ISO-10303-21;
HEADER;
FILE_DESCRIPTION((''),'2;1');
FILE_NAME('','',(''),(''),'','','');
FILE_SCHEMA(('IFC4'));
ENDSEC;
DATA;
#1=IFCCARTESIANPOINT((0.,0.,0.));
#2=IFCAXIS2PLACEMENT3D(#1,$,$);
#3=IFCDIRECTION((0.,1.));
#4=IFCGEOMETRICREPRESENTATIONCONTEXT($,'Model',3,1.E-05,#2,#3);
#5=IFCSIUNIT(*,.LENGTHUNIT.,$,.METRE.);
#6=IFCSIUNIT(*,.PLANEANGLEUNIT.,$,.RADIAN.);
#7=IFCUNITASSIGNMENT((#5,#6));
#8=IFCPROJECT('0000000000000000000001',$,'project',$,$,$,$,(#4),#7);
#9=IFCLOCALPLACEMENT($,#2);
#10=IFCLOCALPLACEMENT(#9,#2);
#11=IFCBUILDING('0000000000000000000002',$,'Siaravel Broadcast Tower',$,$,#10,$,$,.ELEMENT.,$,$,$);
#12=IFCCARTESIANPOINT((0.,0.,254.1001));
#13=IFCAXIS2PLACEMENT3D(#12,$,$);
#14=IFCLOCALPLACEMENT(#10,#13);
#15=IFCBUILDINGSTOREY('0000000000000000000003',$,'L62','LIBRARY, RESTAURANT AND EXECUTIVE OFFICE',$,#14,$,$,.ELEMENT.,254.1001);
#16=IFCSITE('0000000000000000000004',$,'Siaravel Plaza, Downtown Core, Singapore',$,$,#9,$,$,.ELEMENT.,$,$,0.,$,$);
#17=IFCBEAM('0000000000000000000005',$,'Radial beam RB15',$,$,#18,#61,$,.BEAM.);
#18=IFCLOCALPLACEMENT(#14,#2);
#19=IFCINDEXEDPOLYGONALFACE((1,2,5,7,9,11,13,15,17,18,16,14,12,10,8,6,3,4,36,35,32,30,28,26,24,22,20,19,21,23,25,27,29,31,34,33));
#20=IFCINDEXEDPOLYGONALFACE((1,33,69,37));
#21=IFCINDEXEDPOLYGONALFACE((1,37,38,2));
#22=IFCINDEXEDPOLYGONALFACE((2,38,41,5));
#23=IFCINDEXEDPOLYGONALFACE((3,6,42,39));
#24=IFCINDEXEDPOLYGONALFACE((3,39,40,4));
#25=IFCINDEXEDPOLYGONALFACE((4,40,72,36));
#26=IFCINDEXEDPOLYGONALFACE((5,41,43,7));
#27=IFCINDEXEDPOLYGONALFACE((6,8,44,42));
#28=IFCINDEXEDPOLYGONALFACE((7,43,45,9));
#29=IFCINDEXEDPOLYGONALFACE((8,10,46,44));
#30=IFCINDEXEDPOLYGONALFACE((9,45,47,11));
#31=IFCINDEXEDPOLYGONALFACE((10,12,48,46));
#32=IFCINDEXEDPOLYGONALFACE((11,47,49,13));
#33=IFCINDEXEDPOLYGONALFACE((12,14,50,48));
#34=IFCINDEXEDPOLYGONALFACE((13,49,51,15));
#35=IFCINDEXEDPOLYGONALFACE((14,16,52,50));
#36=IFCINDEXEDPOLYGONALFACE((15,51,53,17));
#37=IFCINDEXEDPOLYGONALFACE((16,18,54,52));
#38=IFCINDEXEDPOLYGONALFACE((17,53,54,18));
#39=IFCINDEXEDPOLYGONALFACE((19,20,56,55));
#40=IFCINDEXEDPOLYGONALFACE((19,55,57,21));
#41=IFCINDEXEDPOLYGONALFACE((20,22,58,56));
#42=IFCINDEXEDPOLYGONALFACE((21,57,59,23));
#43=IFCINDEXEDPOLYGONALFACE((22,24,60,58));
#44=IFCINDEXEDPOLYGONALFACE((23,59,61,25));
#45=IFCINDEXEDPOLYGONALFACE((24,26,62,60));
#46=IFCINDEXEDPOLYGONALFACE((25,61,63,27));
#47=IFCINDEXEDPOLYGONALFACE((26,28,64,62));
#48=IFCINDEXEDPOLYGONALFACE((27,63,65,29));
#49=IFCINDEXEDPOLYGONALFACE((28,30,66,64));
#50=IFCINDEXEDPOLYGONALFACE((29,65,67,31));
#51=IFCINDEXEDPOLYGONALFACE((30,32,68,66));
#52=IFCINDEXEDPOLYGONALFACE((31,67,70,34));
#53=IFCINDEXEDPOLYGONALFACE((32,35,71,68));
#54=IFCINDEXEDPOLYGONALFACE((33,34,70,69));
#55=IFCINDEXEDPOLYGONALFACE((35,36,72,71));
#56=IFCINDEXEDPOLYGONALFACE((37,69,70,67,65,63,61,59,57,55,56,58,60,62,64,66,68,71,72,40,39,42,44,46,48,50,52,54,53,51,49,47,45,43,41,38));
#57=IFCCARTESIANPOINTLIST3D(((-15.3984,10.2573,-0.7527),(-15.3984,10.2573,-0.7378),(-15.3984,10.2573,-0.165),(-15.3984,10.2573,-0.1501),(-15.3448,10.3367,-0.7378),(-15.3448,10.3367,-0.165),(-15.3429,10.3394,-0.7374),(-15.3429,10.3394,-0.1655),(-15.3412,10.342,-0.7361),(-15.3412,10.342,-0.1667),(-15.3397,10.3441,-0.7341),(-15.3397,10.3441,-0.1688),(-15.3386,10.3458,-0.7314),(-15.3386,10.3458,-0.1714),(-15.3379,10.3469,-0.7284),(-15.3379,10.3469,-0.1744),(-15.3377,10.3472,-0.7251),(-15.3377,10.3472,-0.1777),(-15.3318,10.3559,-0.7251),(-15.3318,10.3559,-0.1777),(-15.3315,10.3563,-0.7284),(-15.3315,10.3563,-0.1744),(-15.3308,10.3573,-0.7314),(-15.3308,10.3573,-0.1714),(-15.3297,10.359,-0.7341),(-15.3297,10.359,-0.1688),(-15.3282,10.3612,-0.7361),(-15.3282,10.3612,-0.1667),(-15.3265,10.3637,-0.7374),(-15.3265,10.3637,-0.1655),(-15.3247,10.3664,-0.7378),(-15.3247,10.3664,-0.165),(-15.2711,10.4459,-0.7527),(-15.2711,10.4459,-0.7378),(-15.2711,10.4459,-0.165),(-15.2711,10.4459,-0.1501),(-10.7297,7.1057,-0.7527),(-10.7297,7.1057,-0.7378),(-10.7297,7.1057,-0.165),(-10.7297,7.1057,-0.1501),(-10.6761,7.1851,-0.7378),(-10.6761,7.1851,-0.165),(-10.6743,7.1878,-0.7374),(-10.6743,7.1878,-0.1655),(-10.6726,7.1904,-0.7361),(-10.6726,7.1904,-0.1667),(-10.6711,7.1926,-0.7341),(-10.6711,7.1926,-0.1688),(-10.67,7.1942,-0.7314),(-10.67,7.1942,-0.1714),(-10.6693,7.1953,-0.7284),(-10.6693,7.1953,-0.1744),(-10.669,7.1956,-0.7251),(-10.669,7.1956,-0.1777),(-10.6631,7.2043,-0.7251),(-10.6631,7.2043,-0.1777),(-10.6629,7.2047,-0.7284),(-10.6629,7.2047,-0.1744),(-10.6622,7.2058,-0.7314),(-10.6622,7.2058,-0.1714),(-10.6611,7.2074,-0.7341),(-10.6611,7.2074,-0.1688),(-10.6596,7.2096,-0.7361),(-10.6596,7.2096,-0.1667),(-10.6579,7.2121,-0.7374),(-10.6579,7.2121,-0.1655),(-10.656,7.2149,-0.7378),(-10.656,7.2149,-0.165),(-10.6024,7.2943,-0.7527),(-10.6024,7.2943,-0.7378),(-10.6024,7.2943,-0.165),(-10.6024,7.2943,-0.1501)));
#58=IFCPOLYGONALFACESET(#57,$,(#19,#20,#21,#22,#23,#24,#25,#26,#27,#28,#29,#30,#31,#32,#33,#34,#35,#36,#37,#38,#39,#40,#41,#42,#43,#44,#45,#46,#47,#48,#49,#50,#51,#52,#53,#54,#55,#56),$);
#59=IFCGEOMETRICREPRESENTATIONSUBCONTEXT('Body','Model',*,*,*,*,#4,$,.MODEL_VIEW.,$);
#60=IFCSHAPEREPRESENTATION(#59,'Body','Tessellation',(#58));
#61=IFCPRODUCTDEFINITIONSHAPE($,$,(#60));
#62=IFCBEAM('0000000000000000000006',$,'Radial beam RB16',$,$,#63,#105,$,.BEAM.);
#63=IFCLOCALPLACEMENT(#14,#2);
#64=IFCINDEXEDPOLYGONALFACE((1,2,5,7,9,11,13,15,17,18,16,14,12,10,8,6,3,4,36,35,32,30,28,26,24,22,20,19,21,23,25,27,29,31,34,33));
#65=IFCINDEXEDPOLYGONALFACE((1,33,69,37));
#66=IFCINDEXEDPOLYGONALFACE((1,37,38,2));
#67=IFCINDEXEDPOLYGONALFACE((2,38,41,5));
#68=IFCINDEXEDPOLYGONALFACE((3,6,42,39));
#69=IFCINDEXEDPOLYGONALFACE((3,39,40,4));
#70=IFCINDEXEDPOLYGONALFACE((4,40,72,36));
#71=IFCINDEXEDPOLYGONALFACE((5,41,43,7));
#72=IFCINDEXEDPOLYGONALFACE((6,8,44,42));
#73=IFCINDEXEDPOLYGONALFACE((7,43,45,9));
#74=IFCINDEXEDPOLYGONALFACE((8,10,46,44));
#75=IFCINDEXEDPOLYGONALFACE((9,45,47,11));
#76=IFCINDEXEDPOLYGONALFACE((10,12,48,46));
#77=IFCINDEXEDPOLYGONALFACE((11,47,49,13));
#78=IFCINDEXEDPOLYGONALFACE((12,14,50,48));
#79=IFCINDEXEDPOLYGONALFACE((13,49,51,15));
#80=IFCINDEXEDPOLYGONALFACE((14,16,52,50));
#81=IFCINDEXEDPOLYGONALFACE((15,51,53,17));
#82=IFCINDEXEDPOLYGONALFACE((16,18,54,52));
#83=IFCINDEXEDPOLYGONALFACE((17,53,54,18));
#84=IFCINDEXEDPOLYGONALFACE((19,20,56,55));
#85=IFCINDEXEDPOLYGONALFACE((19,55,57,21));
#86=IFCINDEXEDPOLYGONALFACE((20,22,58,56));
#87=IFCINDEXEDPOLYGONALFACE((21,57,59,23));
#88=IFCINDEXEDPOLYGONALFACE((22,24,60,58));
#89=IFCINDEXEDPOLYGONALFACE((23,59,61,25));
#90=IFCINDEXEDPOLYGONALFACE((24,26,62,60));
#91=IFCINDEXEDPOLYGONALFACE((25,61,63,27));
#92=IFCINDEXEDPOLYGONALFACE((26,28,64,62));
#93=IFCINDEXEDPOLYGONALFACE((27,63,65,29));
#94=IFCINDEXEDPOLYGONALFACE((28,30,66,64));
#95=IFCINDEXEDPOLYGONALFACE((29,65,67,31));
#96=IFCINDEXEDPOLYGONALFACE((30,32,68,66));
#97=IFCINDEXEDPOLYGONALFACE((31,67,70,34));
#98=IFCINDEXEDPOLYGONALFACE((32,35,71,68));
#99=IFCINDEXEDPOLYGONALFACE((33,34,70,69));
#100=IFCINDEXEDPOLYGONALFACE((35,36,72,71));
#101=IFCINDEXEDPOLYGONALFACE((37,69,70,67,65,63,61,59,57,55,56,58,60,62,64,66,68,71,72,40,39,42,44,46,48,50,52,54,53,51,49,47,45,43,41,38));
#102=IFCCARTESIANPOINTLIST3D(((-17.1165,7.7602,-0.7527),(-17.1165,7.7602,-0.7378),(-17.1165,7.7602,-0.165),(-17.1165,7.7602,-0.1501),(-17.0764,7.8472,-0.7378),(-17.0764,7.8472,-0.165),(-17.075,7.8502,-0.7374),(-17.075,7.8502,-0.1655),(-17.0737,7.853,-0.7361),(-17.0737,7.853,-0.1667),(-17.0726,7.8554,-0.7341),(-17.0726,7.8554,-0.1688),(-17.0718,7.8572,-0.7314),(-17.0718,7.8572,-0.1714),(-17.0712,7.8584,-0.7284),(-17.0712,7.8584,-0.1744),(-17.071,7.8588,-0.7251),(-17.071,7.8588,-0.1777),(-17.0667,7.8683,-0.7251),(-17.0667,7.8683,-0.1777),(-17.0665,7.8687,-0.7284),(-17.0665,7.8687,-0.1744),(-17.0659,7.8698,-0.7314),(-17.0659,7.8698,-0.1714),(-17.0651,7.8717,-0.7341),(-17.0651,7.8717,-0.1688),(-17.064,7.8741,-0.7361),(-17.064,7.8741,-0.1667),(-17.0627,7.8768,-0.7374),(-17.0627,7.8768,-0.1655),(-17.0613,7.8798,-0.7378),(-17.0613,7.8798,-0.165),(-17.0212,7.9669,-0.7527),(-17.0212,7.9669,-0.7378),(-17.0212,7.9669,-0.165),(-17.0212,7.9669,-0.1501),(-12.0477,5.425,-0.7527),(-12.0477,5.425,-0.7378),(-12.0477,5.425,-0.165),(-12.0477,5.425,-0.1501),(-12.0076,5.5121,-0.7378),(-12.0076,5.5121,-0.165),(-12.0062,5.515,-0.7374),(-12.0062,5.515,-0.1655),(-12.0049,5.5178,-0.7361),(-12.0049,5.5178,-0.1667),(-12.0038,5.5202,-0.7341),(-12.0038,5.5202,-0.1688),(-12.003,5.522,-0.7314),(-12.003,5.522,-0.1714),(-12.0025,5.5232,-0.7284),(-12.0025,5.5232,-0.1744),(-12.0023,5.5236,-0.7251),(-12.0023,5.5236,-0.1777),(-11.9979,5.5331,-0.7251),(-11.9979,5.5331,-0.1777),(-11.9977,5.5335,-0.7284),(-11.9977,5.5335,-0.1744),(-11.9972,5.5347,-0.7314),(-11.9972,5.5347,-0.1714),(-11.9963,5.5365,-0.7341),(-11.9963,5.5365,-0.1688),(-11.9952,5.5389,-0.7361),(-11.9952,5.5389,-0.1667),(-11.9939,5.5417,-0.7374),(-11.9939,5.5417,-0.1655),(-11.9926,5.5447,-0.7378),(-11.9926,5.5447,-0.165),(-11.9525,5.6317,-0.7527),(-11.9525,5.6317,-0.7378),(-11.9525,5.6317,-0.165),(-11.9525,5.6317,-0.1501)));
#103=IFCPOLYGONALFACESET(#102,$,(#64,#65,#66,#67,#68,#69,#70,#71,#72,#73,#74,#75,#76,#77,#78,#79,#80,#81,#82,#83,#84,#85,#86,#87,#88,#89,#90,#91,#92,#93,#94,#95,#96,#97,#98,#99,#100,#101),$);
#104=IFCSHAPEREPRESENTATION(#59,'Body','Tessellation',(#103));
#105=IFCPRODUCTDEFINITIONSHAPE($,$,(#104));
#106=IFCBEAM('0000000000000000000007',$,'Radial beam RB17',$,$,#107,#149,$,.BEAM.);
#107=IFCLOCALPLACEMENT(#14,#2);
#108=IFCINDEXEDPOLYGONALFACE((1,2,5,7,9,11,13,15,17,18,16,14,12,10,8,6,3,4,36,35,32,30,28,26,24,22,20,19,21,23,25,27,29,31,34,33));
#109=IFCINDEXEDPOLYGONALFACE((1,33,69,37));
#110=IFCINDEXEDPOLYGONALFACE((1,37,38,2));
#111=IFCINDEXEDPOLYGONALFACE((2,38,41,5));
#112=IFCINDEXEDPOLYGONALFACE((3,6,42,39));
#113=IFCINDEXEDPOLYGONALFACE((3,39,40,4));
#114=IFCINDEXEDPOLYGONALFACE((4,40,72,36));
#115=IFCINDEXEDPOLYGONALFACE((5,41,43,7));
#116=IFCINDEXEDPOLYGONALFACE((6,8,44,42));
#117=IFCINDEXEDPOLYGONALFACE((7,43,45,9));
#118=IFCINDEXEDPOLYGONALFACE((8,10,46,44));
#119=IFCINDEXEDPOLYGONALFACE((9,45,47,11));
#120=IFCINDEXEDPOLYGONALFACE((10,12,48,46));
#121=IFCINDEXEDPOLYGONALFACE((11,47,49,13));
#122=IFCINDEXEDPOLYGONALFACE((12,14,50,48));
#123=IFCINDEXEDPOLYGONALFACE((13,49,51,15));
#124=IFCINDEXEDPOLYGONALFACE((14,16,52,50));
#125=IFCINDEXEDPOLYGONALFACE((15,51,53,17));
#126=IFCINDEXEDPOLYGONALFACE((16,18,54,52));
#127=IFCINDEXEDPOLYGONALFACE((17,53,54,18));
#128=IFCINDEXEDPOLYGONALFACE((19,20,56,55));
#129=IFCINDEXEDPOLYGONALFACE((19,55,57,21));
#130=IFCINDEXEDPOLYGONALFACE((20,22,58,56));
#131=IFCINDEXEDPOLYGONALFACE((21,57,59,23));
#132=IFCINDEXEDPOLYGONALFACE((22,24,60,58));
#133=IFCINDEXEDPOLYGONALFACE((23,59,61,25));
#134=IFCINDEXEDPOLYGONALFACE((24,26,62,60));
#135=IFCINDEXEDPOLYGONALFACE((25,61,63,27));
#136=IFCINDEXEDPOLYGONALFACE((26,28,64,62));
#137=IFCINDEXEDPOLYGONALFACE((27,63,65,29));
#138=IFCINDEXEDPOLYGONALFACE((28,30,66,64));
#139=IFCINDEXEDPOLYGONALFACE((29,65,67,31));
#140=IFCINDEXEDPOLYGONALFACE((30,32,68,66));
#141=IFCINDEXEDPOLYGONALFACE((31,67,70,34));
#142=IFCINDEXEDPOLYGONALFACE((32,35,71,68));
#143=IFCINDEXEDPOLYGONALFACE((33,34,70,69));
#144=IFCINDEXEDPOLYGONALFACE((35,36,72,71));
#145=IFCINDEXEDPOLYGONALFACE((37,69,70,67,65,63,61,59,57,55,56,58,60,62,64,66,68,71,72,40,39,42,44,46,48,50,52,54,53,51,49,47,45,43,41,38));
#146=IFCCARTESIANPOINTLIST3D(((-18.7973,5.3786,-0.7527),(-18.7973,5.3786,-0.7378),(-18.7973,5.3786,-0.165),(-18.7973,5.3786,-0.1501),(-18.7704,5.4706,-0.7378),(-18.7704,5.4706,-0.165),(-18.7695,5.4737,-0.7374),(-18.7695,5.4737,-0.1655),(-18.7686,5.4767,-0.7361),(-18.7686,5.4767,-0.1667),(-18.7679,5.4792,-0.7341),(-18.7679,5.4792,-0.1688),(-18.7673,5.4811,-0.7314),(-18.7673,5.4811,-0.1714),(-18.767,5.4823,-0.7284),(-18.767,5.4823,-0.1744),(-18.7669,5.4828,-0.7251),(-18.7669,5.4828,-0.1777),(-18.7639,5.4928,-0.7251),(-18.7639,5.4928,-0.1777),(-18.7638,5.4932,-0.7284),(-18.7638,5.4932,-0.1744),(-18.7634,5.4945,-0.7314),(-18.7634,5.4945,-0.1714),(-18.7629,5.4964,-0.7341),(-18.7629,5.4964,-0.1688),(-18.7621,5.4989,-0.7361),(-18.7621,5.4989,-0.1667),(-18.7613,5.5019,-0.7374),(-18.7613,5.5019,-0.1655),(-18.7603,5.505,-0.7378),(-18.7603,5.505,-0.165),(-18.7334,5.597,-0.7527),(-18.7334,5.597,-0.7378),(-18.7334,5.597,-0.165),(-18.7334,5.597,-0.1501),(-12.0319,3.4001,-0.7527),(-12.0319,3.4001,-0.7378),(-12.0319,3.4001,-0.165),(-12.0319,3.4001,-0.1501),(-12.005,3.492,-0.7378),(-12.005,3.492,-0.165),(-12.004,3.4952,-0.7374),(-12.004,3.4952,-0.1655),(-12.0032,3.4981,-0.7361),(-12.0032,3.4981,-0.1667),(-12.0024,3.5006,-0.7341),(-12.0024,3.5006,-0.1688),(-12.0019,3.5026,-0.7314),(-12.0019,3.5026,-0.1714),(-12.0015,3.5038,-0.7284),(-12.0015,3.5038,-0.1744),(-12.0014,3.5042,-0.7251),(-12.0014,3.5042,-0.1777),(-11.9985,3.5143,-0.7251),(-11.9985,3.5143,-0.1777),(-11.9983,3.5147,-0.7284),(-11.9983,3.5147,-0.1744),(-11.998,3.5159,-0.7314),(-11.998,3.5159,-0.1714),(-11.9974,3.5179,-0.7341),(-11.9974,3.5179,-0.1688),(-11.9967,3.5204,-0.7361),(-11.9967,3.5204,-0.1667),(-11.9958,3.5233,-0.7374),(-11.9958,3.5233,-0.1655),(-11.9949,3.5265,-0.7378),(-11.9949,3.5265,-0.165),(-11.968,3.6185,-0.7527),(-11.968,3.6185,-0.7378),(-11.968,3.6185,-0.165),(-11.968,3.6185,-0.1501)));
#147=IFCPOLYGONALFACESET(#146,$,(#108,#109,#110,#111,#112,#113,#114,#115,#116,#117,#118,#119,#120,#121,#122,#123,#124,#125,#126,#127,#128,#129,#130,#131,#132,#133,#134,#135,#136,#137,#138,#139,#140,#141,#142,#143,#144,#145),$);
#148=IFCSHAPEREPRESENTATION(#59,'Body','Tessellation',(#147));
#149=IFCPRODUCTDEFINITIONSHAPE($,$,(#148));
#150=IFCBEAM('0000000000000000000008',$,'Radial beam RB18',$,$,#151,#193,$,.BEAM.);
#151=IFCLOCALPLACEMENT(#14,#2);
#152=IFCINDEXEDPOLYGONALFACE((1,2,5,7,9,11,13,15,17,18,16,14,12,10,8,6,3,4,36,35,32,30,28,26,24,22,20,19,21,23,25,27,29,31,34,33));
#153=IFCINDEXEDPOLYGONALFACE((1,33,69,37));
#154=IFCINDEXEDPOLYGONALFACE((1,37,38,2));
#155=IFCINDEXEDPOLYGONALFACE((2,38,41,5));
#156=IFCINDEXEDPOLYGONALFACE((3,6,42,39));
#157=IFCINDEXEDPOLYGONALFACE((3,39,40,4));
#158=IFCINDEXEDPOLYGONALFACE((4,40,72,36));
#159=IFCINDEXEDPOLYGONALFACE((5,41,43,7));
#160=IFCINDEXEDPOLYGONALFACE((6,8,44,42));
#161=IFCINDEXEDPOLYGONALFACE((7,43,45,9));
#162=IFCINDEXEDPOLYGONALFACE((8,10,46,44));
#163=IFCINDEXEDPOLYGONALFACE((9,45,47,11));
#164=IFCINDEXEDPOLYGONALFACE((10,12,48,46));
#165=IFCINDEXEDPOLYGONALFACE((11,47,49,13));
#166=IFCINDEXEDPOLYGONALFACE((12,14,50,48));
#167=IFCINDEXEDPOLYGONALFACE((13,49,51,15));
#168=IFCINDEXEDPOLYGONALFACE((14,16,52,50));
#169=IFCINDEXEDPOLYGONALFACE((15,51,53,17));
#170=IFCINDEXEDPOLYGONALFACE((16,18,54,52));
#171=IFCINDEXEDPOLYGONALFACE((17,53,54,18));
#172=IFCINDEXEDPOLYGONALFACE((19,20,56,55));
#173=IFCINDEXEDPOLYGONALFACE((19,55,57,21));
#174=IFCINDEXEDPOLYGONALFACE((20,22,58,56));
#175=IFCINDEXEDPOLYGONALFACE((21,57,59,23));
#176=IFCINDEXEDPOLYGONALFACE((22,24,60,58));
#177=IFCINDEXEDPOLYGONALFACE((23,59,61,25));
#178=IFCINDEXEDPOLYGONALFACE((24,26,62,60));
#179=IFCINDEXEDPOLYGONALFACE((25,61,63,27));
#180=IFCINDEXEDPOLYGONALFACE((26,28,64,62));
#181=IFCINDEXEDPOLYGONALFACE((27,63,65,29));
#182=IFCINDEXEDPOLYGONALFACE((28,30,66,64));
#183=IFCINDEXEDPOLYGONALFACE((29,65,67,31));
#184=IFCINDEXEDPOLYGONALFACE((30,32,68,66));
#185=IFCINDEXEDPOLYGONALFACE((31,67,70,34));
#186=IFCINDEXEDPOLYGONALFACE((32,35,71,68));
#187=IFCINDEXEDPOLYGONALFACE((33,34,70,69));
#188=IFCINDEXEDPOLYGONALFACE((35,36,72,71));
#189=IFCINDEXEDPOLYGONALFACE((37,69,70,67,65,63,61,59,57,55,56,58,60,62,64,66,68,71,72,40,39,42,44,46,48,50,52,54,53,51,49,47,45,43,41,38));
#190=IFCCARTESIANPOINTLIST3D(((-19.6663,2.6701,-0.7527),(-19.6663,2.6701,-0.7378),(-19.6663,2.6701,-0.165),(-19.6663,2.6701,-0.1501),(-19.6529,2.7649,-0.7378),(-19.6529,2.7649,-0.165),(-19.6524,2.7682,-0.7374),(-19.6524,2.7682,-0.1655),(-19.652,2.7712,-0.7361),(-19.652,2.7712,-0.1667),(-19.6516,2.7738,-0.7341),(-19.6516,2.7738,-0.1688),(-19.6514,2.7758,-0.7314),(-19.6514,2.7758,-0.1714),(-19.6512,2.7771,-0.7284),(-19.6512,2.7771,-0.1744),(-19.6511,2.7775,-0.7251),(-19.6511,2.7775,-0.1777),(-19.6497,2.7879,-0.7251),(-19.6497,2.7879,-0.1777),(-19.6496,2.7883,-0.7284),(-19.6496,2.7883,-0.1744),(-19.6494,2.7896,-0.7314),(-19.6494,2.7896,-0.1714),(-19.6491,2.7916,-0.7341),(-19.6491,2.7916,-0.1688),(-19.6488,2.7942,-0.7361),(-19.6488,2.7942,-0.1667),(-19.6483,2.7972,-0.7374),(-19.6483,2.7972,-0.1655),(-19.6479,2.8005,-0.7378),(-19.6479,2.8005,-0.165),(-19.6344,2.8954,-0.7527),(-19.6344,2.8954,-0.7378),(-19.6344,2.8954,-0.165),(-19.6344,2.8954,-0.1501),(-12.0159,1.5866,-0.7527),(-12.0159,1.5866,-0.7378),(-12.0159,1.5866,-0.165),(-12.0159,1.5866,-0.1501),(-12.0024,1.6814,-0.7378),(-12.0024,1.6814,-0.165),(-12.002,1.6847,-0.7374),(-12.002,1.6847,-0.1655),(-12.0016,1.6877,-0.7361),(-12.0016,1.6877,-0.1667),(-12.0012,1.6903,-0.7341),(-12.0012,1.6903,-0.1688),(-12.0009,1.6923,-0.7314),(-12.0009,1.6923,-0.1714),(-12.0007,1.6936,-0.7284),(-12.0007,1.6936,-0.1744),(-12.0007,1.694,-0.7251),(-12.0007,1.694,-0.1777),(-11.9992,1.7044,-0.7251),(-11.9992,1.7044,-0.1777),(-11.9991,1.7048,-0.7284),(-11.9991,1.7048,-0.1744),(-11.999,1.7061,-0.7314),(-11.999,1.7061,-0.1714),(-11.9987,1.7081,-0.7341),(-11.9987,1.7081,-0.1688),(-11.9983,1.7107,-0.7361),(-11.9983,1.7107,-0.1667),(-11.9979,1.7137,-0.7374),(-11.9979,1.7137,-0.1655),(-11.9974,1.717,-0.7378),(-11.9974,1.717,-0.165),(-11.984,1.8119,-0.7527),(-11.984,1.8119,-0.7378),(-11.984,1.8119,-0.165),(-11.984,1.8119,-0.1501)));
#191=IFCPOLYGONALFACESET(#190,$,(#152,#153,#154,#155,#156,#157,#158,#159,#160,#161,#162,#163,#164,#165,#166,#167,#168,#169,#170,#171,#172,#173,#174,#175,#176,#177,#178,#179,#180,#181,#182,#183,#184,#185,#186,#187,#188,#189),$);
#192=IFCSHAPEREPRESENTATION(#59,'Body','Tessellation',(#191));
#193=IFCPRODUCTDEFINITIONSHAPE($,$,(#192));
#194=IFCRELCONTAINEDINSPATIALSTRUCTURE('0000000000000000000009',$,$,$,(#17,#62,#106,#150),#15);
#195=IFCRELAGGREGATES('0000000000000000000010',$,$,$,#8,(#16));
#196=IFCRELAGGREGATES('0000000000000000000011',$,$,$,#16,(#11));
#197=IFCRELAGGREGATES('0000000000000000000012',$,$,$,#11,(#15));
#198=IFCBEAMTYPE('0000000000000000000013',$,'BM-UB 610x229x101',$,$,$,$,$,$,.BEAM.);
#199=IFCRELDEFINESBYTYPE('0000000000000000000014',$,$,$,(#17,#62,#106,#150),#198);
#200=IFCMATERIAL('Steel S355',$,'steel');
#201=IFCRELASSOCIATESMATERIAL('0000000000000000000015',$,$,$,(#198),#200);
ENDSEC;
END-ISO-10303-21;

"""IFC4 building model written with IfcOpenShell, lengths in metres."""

from ifc_helpers import new_model, si_unit, direction, frame, origin, origin_2d, place, context, subcontext, project, spatial, i_section, extrude, material, material_profile, profile_set, type_object, element, save


model = new_model("IFC4")

# Units and contexts
model_context = context("Model", 3, precision=1e-05, world=origin(), true_north=direction((0.0, 1.0)))
body_context = subcontext(model_context, "Body", "Model", "MODEL_VIEW")
ifc_project = project(units=[si_unit("LENGTHUNIT", "METRE"), si_unit("PLANEANGLEUNIT", "RADIAN")], contexts=[model_context])

# Site, building, storey
site_placement = place(None, origin())
site = spatial("IfcSite", under=ifc_project, at=site_placement, Name="Siaravel Plaza, Downtown Core, Singapore", CompositionType="ELEMENT", RefElevation=0.0)
building_placement = place(site_placement, origin())
building = spatial("IfcBuilding", under=site, at=building_placement, Name="Siaravel Broadcast Tower", CompositionType="ELEMENT")
storey_placement = place(building_placement, frame((0.0, 0.0, 254.1001)))
storey = spatial("IfcBuildingStorey", under=building, at=storey_placement, Name="L62", Description="LIBRARY, RESTAURANT AND EXECUTIVE OFFICE", CompositionType="ELEMENT", Elevation=254.1001)

# Beams
ifc_material_1 = material(Name="Steel S355", Category="steel")
ifc_material_profile_1 = material_profile(ifc_material_1, i_section(OverallWidth=0.2275, OverallDepth=0.6025, WebThickness=0.0105, FlangeThickness=0.0149, FilletRadius=0.0127, at=origin_2d()))
ifc_profile_set_1 = profile_set([ifc_material_profile_1], Name="Steel S355")
beam_type = type_object("IfcBeamType", Name="BM-UB 610x229x101", PredefinedType="BEAM", material=ifc_profile_set_1)
beam_1_placement = place(storey_placement, frame((-15.3347, 10.3516, -0.4514), z_axis=(0.828829, -0.559502, 0.0), x_axis=(0.559502, 0.828829, 0.0)))
element("IfcBeam", 1, at=beam_1_placement, inside=storey, type_object=beam_type, Name="Radial beam RB15", PredefinedType="BEAM", context=body_context, shape_type="SweptSolid", body=[
    extrude(i_section(OverallWidth=0.2275, OverallDepth=0.6025, WebThickness=0.0105, FlangeThickness=0.0149, FilletRadius=0.0127, at=origin_2d()), origin(), (0.0, 0.0, 1.0), 5.6328),
])
beam_2_placement = place(storey_placement, frame((-17.0688, 7.8635, -0.4514), z_axis=(0.90825, -0.418428, 0.0), x_axis=(0.418428, 0.90825, 0.0)))
element("IfcBeam", 2, at=beam_2_placement, inside=storey, type_object=beam_type, Name="Radial beam RB16", PredefinedType="BEAM", context=body_context, shape_type="SweptSolid", body=[
    extrude(i_section(OverallWidth=0.2275, OverallDepth=0.6025, WebThickness=0.0105, FlangeThickness=0.0149, FilletRadius=0.0127, at=origin_2d()), origin(), (0.0, 0.0, 1.0), 5.5808),
])
beam_3_placement = place(storey_placement, frame((-18.7654, 5.4878, -0.4514), z_axis=(0.959798, -0.28069, 0.0), x_axis=(0.28069, 0.959798, 0.0)))
element("IfcBeam", 3, at=beam_3_placement, inside=storey, type_object=beam_type, Name="Radial beam RB17", PredefinedType="BEAM", context=body_context, shape_type="SweptSolid", body=[
    extrude(i_section(OverallWidth=0.2275, OverallDepth=0.6025, WebThickness=0.0105, FlangeThickness=0.0149, FilletRadius=0.0127, at=origin_2d()), origin(), (0.0, 0.0, 1.0), 7.0488),
])
beam_4_placement = place(storey_placement, frame((-19.6504, 2.7827, -0.4514), z_axis=(0.990119, -0.140227, 0.0), x_axis=(0.140227, 0.990119, 0.0)))
element("IfcBeam", 4, at=beam_4_placement, inside=storey, type_object=beam_type, Name="Radial beam RB18", PredefinedType="BEAM", context=body_context, shape_type="SweptSolid", body=[
    extrude(i_section(OverallWidth=0.2275, OverallDepth=0.6025, WebThickness=0.0105, FlangeThickness=0.0149, FilletRadius=0.0127, at=origin_2d()), origin(), (0.0, 0.0, 1.0), 7.7268),
])

save(model, "model.ifc")
